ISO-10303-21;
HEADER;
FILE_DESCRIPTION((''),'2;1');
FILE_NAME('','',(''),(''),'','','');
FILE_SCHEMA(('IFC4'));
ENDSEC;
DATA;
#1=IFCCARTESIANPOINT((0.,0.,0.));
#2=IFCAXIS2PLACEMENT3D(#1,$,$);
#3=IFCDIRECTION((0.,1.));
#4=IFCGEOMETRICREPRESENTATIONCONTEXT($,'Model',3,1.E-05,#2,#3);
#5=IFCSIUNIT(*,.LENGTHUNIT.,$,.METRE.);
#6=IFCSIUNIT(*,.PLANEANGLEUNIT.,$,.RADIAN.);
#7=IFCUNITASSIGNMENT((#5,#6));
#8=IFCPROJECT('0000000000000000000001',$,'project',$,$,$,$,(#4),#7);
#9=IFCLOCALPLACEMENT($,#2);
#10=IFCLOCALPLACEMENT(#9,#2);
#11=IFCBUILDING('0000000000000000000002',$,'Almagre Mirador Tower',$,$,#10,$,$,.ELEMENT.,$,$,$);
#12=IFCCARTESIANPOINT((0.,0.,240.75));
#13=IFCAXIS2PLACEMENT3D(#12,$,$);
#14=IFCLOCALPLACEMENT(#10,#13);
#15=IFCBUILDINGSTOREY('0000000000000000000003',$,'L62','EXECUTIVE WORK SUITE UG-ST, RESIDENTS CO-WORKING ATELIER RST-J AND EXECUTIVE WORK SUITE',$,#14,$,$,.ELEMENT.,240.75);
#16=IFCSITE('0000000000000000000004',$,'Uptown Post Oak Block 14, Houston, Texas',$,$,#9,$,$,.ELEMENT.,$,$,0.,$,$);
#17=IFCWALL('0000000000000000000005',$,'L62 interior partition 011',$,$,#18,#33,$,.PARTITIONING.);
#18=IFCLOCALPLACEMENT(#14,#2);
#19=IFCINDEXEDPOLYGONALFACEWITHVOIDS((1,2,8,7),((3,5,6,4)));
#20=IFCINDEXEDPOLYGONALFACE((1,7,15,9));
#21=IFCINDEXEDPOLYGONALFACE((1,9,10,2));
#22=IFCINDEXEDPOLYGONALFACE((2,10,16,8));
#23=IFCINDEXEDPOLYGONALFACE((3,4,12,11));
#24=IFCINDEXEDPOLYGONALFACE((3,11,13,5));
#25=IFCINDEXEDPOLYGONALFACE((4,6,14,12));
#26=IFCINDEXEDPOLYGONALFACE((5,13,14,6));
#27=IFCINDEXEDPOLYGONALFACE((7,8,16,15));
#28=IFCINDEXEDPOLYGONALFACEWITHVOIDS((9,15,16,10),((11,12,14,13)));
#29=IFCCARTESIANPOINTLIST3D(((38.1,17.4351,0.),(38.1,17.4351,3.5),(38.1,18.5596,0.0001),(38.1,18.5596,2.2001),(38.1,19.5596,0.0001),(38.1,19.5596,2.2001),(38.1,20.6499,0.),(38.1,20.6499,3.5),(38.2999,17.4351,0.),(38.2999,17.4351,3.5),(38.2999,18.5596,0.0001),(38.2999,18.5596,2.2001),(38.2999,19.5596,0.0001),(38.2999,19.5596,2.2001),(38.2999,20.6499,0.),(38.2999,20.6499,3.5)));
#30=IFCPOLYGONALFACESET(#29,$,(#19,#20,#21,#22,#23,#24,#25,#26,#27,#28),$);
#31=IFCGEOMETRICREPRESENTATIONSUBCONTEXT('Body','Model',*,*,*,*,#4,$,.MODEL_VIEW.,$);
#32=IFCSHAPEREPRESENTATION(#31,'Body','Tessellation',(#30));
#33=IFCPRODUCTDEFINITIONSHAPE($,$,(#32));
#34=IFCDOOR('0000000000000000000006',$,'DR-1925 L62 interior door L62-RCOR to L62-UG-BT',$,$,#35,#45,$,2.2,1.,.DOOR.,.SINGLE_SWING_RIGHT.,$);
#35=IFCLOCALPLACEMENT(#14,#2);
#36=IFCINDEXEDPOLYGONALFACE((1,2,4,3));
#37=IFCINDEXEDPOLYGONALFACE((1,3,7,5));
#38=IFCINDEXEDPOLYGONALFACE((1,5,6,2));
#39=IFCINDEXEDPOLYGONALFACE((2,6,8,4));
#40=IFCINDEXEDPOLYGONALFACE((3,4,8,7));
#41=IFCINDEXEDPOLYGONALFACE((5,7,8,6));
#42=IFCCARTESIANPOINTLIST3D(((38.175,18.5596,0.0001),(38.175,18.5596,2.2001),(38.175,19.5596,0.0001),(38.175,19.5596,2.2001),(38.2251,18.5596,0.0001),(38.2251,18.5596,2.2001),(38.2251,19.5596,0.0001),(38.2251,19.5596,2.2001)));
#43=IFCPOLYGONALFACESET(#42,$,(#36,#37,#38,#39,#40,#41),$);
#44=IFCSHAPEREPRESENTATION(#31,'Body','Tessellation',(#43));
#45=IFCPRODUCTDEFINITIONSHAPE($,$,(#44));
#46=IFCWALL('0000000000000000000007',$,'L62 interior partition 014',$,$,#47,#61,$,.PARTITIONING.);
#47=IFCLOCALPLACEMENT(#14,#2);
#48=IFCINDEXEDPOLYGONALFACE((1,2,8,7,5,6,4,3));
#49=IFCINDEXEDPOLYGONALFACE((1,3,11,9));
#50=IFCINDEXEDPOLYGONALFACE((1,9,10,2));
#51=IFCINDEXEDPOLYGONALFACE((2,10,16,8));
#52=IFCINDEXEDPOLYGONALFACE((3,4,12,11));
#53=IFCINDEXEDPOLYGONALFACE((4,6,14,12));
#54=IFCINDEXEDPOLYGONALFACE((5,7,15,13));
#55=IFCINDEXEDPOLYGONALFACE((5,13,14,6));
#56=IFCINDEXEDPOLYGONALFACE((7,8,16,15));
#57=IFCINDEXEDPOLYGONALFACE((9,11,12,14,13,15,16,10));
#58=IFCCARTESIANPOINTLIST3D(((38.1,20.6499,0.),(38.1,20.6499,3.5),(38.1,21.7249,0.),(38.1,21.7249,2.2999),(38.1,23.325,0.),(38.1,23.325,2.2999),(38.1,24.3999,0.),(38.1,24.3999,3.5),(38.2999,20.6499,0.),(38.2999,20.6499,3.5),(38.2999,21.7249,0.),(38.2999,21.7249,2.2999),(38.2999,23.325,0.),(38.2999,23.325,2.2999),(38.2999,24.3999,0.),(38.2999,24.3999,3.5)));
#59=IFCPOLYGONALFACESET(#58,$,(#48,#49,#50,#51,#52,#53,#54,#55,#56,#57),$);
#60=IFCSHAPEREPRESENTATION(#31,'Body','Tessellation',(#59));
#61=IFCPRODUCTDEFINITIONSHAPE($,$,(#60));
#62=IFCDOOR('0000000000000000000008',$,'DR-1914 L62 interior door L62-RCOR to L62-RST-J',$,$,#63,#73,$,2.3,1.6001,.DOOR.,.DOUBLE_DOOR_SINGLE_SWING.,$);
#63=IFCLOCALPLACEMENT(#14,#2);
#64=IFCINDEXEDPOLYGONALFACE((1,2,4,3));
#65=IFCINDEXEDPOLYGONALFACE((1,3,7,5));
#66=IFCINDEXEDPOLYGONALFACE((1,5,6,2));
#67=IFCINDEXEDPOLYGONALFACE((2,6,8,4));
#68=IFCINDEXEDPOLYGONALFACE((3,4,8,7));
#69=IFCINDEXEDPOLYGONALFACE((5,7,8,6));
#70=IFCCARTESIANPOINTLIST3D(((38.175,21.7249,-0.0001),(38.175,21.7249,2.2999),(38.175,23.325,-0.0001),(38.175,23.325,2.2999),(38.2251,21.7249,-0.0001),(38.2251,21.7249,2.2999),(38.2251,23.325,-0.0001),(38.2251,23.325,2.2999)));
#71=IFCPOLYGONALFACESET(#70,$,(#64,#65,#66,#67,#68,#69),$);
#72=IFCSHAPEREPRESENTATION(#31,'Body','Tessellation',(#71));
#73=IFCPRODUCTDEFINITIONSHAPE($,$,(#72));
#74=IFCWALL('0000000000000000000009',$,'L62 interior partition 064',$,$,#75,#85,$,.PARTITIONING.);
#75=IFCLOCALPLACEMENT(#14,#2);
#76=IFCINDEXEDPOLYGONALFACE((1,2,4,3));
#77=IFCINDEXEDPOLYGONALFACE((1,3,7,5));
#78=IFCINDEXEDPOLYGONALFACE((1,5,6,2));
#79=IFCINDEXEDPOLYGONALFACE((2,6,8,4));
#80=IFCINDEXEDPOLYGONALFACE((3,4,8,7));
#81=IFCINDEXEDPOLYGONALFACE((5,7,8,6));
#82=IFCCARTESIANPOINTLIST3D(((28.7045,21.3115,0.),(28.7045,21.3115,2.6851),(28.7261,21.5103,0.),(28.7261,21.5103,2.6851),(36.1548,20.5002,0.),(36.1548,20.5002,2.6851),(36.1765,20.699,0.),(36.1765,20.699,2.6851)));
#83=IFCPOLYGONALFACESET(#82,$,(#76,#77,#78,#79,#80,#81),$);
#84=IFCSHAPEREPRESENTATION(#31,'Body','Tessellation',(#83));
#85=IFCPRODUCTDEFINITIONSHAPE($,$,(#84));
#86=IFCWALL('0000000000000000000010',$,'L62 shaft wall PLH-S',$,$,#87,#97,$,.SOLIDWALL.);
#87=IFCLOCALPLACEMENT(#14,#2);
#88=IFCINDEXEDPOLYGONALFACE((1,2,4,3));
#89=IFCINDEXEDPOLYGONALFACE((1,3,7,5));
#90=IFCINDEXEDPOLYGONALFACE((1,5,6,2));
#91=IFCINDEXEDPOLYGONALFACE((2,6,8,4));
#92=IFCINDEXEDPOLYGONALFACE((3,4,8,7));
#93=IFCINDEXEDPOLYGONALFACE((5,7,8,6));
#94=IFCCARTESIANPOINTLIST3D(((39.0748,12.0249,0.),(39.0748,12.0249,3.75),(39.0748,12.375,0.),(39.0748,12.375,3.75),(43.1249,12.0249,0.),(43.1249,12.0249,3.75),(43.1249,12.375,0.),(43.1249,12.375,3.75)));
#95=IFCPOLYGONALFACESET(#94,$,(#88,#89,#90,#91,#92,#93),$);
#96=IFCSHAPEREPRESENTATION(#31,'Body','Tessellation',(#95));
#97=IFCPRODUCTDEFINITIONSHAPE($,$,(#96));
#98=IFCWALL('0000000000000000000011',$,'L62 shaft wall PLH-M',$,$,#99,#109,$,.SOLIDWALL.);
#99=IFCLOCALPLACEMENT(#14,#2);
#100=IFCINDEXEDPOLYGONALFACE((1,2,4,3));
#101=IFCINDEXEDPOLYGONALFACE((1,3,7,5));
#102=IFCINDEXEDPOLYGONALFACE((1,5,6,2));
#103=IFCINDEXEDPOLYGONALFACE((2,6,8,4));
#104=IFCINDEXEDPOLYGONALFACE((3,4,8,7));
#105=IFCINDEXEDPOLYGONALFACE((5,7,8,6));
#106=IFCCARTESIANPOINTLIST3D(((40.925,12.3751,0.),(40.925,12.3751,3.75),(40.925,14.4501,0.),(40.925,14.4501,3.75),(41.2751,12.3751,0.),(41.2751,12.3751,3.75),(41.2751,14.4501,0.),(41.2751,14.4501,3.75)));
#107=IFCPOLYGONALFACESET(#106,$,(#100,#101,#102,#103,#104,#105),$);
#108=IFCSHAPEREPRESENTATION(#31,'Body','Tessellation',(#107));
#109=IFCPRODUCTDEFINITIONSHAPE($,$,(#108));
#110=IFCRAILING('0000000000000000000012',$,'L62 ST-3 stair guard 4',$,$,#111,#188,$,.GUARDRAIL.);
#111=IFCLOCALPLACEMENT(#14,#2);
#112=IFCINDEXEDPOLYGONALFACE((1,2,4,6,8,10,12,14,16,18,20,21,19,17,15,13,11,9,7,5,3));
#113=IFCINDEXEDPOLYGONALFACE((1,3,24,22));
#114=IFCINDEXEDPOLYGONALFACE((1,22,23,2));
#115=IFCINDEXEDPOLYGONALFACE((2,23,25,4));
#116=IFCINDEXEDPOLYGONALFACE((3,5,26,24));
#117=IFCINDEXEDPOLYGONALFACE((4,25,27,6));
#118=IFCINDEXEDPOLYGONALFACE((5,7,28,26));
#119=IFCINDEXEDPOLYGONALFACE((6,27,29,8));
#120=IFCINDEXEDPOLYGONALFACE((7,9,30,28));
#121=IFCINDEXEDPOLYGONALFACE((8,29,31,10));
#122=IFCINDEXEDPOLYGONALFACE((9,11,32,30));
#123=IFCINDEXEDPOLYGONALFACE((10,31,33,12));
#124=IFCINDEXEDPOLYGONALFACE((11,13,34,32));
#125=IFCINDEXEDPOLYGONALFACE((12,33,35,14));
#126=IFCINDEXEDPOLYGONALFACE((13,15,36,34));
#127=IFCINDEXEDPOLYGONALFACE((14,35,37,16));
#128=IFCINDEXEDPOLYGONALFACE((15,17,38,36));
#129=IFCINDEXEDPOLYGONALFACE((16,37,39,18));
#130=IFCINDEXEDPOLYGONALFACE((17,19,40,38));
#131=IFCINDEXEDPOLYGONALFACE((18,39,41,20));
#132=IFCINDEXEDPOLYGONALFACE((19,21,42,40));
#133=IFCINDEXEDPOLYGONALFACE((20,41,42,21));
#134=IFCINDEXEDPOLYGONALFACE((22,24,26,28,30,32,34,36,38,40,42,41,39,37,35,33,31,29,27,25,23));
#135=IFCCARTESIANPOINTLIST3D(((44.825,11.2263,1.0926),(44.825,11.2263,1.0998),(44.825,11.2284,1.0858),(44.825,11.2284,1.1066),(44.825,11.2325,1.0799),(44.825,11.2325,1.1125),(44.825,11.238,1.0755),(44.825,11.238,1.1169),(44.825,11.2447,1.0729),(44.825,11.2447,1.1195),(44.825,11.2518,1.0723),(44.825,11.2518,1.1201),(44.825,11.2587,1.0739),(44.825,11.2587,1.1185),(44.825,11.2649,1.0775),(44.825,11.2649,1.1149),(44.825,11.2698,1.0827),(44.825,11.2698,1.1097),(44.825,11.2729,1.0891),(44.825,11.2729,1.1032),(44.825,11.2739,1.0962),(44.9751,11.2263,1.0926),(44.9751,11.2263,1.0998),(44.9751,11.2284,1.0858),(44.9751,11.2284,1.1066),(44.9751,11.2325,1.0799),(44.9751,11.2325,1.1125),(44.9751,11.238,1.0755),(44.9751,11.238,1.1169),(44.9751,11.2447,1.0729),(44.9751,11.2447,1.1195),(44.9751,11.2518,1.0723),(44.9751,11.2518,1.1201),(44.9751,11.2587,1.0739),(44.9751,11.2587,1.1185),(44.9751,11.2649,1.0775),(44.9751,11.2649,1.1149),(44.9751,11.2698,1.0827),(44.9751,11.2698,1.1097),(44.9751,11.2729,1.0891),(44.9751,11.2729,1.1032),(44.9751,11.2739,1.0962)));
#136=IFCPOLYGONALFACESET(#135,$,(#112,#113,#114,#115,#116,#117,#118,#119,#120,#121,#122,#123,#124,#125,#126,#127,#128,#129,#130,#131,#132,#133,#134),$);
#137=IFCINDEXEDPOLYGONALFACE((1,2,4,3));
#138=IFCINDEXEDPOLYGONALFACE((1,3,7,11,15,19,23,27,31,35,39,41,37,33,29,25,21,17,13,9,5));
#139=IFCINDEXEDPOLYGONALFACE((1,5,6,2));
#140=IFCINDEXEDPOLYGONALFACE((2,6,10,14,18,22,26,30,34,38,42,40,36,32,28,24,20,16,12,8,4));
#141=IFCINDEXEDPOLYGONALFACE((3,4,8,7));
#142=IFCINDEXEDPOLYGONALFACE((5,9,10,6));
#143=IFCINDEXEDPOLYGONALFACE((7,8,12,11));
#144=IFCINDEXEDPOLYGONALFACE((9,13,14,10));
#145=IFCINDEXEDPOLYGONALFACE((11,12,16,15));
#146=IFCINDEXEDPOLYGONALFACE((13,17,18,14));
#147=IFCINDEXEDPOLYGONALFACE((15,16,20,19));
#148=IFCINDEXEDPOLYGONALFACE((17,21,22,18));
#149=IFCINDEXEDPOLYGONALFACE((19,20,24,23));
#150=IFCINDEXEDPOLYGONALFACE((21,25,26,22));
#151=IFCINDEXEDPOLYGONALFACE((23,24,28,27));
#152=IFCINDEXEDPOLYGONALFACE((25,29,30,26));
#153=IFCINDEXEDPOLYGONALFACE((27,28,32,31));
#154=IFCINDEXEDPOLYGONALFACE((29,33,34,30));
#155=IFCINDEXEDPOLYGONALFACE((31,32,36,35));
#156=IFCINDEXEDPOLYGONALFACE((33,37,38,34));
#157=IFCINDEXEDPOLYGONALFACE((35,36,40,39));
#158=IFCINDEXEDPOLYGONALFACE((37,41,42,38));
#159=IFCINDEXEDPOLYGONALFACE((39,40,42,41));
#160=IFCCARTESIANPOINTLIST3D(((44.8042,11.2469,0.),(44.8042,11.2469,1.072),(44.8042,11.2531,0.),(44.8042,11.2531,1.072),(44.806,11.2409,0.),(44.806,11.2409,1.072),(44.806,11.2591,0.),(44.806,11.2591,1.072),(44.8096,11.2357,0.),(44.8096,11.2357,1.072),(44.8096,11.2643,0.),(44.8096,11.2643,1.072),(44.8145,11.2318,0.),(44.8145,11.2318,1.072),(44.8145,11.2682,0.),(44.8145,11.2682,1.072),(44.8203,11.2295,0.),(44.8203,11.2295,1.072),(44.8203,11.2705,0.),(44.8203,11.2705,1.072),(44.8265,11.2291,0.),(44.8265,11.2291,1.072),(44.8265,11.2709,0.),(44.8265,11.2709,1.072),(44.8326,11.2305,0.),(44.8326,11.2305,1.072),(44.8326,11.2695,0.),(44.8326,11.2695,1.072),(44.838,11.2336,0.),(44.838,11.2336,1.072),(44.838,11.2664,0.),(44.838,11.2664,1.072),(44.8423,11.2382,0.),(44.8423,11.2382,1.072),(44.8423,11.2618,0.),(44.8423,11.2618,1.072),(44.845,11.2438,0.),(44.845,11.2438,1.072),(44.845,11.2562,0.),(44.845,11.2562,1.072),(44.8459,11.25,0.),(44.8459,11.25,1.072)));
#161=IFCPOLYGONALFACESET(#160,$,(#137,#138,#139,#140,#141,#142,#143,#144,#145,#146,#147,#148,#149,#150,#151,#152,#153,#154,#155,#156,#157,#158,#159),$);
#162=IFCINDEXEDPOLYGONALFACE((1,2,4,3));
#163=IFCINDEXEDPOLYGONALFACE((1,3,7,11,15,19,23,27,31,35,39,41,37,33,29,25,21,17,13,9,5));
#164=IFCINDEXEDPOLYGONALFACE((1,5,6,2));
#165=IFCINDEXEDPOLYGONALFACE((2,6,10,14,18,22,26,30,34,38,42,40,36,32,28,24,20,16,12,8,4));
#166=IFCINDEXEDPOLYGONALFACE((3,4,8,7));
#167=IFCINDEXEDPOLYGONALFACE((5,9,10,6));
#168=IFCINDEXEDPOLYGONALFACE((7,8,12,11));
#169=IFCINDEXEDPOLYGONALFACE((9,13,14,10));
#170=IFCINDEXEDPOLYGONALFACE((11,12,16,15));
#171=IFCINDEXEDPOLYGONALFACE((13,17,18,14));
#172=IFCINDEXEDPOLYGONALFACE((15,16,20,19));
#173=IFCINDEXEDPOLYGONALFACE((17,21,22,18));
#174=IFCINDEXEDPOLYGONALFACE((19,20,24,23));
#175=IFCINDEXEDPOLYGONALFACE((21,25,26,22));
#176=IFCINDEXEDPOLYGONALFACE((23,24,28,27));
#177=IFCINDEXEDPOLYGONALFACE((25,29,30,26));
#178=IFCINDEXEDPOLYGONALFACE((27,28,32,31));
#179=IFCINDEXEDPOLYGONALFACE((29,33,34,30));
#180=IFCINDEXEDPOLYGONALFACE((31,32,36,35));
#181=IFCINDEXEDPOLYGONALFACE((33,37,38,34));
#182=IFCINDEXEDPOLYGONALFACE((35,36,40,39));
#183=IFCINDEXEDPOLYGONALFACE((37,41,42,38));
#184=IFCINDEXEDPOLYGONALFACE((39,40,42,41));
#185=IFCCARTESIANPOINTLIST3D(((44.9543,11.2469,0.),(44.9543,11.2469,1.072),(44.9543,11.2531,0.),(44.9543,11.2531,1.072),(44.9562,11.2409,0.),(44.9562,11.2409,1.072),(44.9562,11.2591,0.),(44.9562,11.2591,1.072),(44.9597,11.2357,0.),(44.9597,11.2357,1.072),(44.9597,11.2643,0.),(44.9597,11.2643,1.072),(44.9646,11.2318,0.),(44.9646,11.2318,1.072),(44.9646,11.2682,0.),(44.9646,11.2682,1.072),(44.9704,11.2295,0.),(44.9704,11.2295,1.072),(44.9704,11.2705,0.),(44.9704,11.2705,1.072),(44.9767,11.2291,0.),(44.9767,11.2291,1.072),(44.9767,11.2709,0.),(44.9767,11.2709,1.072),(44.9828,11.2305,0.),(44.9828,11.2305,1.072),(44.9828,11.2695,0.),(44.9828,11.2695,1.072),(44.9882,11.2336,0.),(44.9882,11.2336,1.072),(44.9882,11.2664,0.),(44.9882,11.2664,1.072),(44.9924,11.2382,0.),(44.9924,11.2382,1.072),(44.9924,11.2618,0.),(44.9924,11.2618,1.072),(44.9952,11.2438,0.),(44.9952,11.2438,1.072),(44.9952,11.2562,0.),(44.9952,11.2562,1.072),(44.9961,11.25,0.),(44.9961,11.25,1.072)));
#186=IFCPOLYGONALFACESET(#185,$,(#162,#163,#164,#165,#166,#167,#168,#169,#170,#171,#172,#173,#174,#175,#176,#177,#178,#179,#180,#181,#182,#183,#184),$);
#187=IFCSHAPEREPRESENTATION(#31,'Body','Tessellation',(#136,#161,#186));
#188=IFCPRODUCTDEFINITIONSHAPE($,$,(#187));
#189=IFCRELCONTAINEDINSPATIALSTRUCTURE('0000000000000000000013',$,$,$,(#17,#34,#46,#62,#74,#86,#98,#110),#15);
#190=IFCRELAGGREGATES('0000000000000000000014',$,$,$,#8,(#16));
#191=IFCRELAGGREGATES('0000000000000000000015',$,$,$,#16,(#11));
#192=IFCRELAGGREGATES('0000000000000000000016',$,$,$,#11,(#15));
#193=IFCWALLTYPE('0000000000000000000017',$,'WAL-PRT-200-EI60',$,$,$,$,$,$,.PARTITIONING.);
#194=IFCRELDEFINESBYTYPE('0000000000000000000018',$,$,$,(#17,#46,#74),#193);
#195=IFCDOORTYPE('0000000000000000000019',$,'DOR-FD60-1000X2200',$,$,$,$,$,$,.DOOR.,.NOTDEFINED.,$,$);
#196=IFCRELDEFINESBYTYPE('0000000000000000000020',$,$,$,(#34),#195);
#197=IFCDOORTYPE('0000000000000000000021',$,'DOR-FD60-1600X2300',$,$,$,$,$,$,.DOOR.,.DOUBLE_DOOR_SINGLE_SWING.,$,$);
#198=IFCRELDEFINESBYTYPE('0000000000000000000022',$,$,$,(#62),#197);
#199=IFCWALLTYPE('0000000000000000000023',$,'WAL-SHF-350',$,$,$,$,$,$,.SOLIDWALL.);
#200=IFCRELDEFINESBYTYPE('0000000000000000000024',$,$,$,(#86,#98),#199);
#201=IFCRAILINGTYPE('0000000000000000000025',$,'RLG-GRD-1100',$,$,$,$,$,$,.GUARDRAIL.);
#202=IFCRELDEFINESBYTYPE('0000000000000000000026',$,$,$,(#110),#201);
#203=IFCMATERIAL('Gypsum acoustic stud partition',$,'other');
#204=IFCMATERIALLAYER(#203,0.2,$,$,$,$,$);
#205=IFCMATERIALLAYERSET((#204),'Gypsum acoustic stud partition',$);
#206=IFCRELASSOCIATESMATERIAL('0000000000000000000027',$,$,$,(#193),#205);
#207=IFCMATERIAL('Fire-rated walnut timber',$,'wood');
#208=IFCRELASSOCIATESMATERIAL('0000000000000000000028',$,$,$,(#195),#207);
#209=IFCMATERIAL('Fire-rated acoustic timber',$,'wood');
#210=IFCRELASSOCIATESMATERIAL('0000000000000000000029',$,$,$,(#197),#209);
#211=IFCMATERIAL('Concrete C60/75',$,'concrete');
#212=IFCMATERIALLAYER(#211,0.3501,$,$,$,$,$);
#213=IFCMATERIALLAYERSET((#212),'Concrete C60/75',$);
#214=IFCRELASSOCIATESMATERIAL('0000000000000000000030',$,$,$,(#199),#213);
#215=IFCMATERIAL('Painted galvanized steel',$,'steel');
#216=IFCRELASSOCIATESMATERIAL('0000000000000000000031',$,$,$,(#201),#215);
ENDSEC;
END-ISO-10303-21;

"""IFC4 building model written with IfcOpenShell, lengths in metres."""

from ifc_helpers import new_model, si_unit, direction, frame, frame_2d, origin, origin_2d, place, context, subcontext, project, spatial, rectangle, circle, extrude, material, layer, layer_set, type_object, element, fill, save


model = new_model("IFC4")

# Units and contexts
model_context = context("Model", 3, precision=1e-05, world=origin(), true_north=direction((0.0, 1.0)))
body_context = subcontext(model_context, "Body", "Model", "MODEL_VIEW")
ifc_project = project(units=[si_unit("LENGTHUNIT", "METRE"), si_unit("PLANEANGLEUNIT", "RADIAN")], contexts=[model_context])

# Site, building, storey
site_placement = place(None, origin())
site = spatial("IfcSite", under=ifc_project, at=site_placement, Name="Uptown Post Oak Block 14, Houston, Texas", CompositionType="ELEMENT", RefElevation=0.0)
building_placement = place(site_placement, origin())
building = spatial("IfcBuilding", under=site, at=building_placement, Name="Almagre Mirador Tower", CompositionType="ELEMENT")
storey_placement = place(building_placement, frame((0.0, 0.0, 240.75)))
storey = spatial("IfcBuildingStorey", under=building, at=storey_placement, Name="L62", Description="EXECUTIVE WORK SUITE UG-ST, RESIDENTS CO-WORKING ATELIER RST-J AND EXECUTIVE WORK SUITE", CompositionType="ELEMENT", Elevation=240.75)

# Shared definitions
ifc_material_1 = material(Name="Gypsum acoustic stud partition", Category="other")
ifc_layer_1 = layer(ifc_material_1, 0.2)
ifc_layer_set_1 = layer_set([ifc_layer_1], Name="Gypsum acoustic stud partition")
wall_type_1 = type_object("IfcWallType", Name="WAL-PRT-200-EI60", PredefinedType="PARTITIONING", material=ifc_layer_set_1)

# Walls, openings, doors
wall_1_placement = place(storey_placement, frame((38.2, 17.4351, 0.0), z_axis=(0.0, 0.0, 1.0), x_axis=(0.0, 1.0, 0.0)))
wall_1 = element("IfcWall", 1, at=wall_1_placement, inside=storey, type_object=wall_type_1, Name="L62 interior partition 011", PredefinedType="PARTITIONING", context=body_context, shape_type="SweptSolid", body=[
    extrude(rectangle(XDim=3.2148, YDim=0.2, at=frame_2d((1.6074, 0.0))), origin(), (0.0, 0.0, 1.0), 3.5),
])
opening_1_placement = place(wall_1_placement, frame((1.1245, 0.0, 0.0)))
opening_1 = element("IfcOpeningElement", 2, at=opening_1_placement, cuts=wall_1, PredefinedType="OPENING", context=body_context, shape_type="SweptSolid", body=[
    extrude(rectangle(XDim=1.0, YDim=2.2, at=frame_2d((0.5, 1.1001))), frame((0.0, 0.1101, 0.0), z_axis=(0.0, -1.0, 0.0), x_axis=(1.0, 0.0, 0.0)), (0.0, 0.0, 1.0), 0.22),
])
ifc_material_2 = material(Name="Fire-rated walnut timber", Category="wood")
door_type_1 = type_object("IfcDoorType", Name="DOR-FD60-1000X2200", OperationType="NOTDEFINED", PredefinedType="DOOR", material=ifc_material_2)
door_1_placement = place(opening_1_placement, origin())
door_1 = element("IfcDoor", 3, at=door_1_placement, inside=storey, type_object=door_type_1, Name="DR-1925 L62 interior door L62-RCOR to L62-UG-BT", OperationType="SINGLE_SWING_RIGHT", OverallHeight=2.2, OverallWidth=1.0, PredefinedType="DOOR", context=body_context, shape_type="SweptSolid", body=[
    extrude(rectangle(XDim=1.0, YDim=2.2, at=frame_2d((0.5, 1.1001))), frame((0.0, 0.0249, 0.0), z_axis=(0.0, -1.0, 0.0), x_axis=(1.0, 0.0, 0.0)), (0.0, 0.0, 1.0), 0.05),
])
fill(opening_1, door_1)
wall_2_placement = place(storey_placement, frame((38.2, 20.6499, 0.0), z_axis=(0.0, 0.0, 1.0), x_axis=(0.0, 1.0, 0.0)))
wall_2 = element("IfcWall", 4, at=wall_2_placement, inside=storey, type_object=wall_type_1, Name="L62 interior partition 014", PredefinedType="PARTITIONING", context=body_context, shape_type="SweptSolid", body=[
    extrude(rectangle(XDim=3.75, YDim=0.2, at=frame_2d((1.875, 0.0))), origin(), (0.0, 0.0, 1.0), 3.5),
])
opening_2_placement = place(wall_2_placement, frame((1.075, 0.0, 0.0)))
opening_2 = element("IfcOpeningElement", 5, at=opening_2_placement, cuts=wall_2, PredefinedType="OPENING", context=body_context, shape_type="SweptSolid", body=[
    extrude(rectangle(XDim=1.6001, YDim=2.3, at=frame_2d((0.8, 1.1499))), frame((0.0, 0.1101, 0.0), z_axis=(0.0, -1.0, 0.0), x_axis=(1.0, 0.0, 0.0)), (0.0, 0.0, 1.0), 0.22),
])
ifc_material_3 = material(Name="Fire-rated acoustic timber", Category="wood")
door_type_2 = type_object("IfcDoorType", Name="DOR-FD60-1600X2300", OperationType="DOUBLE_DOOR_SINGLE_SWING", PredefinedType="DOOR", material=ifc_material_3)
door_2_placement = place(opening_2_placement, origin())
door_2 = element("IfcDoor", 6, at=door_2_placement, inside=storey, type_object=door_type_2, Name="DR-1914 L62 interior door L62-RCOR to L62-RST-J", OperationType="DOUBLE_DOOR_SINGLE_SWING", OverallHeight=2.3, OverallWidth=1.6001, PredefinedType="DOOR", context=body_context, shape_type="SweptSolid", body=[
    extrude(rectangle(XDim=1.6001, YDim=2.3, at=frame_2d((0.8, 1.1499))), frame((0.0, 0.0249, 0.0), z_axis=(0.0, -1.0, 0.0), x_axis=(1.0, 0.0, 0.0)), (0.0, 0.0, 1.0), 0.05),
])
fill(opening_2, door_2)

# Walls
wall_3_placement = place(storey_placement, frame((36.1655, 20.5996, 0.0), z_axis=(0.0, 0.0, 1.0), x_axis=(-0.994124, 0.10825, 0.0)))
element("IfcWall", 7, at=wall_3_placement, inside=storey, type_object=wall_type_1, Name="L62 interior partition 064", PredefinedType="PARTITIONING", context=body_context, shape_type="SweptSolid", body=[
    extrude(rectangle(XDim=7.4944, YDim=0.2, at=frame_2d((3.7471, 0.0))), origin(), (0.0, 0.0, 1.0), 2.6851),
])
ifc_material_4 = material(Name="Concrete C60/75", Category="concrete")
ifc_layer_2 = layer(ifc_material_4, 0.3501)
ifc_layer_set_2 = layer_set([ifc_layer_2], Name="Concrete C60/75")
wall_type_2 = type_object("IfcWallType", Name="WAL-SHF-350", PredefinedType="SOLIDWALL", material=ifc_layer_set_2)
wall_4_placement = place(storey_placement, frame((39.075, 12.2, 0.0), z_axis=(0.0, 0.0, 1.0), x_axis=(1.0, 0.0, 0.0)))
element("IfcWall", 8, at=wall_4_placement, inside=storey, type_object=wall_type_2, Name="L62 shaft wall PLH-S", PredefinedType="SOLIDWALL", context=body_context, shape_type="SweptSolid", body=[
    extrude(rectangle(XDim=4.05, YDim=0.3501, at=frame_2d((2.0249, 0.0))), origin(), (0.0, 0.0, 1.0), 3.75),
])
wall_5_placement = place(storey_placement, frame((41.1001, 12.375, 0.0), z_axis=(0.0, 0.0, 1.0), x_axis=(0.0, 1.0, 0.0)))
element("IfcWall", 9, at=wall_5_placement, inside=storey, type_object=wall_type_2, Name="L62 shaft wall PLH-M", PredefinedType="SOLIDWALL", context=body_context, shape_type="SweptSolid", body=[
    extrude(rectangle(XDim=2.075, YDim=0.3501, at=frame_2d((1.0376, 0.0))), origin(), (0.0, 0.0, 1.0), 3.75),
])

# Railing
ifc_material_5 = material(Name="Painted galvanized steel", Category="steel")
railing_type = type_object("IfcRailingType", Name="RLG-GRD-1100", PredefinedType="GUARDRAIL", material=ifc_material_5)
railing_placement = place(storey_placement, frame((44.825, 11.25, 0.0)))
element("IfcRailing", 10, at=railing_placement, inside=storey, type_object=railing_type, Name="L62 ST-3 stair guard 4", PredefinedType="GUARDRAIL", context=body_context, shape_type="SweptSolid", body=[
    extrude(circle(Radius=0.0239, at=origin_2d()), frame((0.0, 0.0, 1.0962), z_axis=(1.0, 0.0, 0.0), x_axis=(0.0, 1.0, 0.0)), (0.0, 0.0, 1.0), 0.1501),
    extrude(circle(Radius=0.021, at=origin_2d()), origin(), (0.0, 0.0, 1.0), 1.072),
    extrude(circle(Radius=0.021, at=origin_2d()), frame((0.1501, 0.0, 0.0)), (0.0, 0.0, 1.0), 1.072),
])

save(model, "model.ifc")
